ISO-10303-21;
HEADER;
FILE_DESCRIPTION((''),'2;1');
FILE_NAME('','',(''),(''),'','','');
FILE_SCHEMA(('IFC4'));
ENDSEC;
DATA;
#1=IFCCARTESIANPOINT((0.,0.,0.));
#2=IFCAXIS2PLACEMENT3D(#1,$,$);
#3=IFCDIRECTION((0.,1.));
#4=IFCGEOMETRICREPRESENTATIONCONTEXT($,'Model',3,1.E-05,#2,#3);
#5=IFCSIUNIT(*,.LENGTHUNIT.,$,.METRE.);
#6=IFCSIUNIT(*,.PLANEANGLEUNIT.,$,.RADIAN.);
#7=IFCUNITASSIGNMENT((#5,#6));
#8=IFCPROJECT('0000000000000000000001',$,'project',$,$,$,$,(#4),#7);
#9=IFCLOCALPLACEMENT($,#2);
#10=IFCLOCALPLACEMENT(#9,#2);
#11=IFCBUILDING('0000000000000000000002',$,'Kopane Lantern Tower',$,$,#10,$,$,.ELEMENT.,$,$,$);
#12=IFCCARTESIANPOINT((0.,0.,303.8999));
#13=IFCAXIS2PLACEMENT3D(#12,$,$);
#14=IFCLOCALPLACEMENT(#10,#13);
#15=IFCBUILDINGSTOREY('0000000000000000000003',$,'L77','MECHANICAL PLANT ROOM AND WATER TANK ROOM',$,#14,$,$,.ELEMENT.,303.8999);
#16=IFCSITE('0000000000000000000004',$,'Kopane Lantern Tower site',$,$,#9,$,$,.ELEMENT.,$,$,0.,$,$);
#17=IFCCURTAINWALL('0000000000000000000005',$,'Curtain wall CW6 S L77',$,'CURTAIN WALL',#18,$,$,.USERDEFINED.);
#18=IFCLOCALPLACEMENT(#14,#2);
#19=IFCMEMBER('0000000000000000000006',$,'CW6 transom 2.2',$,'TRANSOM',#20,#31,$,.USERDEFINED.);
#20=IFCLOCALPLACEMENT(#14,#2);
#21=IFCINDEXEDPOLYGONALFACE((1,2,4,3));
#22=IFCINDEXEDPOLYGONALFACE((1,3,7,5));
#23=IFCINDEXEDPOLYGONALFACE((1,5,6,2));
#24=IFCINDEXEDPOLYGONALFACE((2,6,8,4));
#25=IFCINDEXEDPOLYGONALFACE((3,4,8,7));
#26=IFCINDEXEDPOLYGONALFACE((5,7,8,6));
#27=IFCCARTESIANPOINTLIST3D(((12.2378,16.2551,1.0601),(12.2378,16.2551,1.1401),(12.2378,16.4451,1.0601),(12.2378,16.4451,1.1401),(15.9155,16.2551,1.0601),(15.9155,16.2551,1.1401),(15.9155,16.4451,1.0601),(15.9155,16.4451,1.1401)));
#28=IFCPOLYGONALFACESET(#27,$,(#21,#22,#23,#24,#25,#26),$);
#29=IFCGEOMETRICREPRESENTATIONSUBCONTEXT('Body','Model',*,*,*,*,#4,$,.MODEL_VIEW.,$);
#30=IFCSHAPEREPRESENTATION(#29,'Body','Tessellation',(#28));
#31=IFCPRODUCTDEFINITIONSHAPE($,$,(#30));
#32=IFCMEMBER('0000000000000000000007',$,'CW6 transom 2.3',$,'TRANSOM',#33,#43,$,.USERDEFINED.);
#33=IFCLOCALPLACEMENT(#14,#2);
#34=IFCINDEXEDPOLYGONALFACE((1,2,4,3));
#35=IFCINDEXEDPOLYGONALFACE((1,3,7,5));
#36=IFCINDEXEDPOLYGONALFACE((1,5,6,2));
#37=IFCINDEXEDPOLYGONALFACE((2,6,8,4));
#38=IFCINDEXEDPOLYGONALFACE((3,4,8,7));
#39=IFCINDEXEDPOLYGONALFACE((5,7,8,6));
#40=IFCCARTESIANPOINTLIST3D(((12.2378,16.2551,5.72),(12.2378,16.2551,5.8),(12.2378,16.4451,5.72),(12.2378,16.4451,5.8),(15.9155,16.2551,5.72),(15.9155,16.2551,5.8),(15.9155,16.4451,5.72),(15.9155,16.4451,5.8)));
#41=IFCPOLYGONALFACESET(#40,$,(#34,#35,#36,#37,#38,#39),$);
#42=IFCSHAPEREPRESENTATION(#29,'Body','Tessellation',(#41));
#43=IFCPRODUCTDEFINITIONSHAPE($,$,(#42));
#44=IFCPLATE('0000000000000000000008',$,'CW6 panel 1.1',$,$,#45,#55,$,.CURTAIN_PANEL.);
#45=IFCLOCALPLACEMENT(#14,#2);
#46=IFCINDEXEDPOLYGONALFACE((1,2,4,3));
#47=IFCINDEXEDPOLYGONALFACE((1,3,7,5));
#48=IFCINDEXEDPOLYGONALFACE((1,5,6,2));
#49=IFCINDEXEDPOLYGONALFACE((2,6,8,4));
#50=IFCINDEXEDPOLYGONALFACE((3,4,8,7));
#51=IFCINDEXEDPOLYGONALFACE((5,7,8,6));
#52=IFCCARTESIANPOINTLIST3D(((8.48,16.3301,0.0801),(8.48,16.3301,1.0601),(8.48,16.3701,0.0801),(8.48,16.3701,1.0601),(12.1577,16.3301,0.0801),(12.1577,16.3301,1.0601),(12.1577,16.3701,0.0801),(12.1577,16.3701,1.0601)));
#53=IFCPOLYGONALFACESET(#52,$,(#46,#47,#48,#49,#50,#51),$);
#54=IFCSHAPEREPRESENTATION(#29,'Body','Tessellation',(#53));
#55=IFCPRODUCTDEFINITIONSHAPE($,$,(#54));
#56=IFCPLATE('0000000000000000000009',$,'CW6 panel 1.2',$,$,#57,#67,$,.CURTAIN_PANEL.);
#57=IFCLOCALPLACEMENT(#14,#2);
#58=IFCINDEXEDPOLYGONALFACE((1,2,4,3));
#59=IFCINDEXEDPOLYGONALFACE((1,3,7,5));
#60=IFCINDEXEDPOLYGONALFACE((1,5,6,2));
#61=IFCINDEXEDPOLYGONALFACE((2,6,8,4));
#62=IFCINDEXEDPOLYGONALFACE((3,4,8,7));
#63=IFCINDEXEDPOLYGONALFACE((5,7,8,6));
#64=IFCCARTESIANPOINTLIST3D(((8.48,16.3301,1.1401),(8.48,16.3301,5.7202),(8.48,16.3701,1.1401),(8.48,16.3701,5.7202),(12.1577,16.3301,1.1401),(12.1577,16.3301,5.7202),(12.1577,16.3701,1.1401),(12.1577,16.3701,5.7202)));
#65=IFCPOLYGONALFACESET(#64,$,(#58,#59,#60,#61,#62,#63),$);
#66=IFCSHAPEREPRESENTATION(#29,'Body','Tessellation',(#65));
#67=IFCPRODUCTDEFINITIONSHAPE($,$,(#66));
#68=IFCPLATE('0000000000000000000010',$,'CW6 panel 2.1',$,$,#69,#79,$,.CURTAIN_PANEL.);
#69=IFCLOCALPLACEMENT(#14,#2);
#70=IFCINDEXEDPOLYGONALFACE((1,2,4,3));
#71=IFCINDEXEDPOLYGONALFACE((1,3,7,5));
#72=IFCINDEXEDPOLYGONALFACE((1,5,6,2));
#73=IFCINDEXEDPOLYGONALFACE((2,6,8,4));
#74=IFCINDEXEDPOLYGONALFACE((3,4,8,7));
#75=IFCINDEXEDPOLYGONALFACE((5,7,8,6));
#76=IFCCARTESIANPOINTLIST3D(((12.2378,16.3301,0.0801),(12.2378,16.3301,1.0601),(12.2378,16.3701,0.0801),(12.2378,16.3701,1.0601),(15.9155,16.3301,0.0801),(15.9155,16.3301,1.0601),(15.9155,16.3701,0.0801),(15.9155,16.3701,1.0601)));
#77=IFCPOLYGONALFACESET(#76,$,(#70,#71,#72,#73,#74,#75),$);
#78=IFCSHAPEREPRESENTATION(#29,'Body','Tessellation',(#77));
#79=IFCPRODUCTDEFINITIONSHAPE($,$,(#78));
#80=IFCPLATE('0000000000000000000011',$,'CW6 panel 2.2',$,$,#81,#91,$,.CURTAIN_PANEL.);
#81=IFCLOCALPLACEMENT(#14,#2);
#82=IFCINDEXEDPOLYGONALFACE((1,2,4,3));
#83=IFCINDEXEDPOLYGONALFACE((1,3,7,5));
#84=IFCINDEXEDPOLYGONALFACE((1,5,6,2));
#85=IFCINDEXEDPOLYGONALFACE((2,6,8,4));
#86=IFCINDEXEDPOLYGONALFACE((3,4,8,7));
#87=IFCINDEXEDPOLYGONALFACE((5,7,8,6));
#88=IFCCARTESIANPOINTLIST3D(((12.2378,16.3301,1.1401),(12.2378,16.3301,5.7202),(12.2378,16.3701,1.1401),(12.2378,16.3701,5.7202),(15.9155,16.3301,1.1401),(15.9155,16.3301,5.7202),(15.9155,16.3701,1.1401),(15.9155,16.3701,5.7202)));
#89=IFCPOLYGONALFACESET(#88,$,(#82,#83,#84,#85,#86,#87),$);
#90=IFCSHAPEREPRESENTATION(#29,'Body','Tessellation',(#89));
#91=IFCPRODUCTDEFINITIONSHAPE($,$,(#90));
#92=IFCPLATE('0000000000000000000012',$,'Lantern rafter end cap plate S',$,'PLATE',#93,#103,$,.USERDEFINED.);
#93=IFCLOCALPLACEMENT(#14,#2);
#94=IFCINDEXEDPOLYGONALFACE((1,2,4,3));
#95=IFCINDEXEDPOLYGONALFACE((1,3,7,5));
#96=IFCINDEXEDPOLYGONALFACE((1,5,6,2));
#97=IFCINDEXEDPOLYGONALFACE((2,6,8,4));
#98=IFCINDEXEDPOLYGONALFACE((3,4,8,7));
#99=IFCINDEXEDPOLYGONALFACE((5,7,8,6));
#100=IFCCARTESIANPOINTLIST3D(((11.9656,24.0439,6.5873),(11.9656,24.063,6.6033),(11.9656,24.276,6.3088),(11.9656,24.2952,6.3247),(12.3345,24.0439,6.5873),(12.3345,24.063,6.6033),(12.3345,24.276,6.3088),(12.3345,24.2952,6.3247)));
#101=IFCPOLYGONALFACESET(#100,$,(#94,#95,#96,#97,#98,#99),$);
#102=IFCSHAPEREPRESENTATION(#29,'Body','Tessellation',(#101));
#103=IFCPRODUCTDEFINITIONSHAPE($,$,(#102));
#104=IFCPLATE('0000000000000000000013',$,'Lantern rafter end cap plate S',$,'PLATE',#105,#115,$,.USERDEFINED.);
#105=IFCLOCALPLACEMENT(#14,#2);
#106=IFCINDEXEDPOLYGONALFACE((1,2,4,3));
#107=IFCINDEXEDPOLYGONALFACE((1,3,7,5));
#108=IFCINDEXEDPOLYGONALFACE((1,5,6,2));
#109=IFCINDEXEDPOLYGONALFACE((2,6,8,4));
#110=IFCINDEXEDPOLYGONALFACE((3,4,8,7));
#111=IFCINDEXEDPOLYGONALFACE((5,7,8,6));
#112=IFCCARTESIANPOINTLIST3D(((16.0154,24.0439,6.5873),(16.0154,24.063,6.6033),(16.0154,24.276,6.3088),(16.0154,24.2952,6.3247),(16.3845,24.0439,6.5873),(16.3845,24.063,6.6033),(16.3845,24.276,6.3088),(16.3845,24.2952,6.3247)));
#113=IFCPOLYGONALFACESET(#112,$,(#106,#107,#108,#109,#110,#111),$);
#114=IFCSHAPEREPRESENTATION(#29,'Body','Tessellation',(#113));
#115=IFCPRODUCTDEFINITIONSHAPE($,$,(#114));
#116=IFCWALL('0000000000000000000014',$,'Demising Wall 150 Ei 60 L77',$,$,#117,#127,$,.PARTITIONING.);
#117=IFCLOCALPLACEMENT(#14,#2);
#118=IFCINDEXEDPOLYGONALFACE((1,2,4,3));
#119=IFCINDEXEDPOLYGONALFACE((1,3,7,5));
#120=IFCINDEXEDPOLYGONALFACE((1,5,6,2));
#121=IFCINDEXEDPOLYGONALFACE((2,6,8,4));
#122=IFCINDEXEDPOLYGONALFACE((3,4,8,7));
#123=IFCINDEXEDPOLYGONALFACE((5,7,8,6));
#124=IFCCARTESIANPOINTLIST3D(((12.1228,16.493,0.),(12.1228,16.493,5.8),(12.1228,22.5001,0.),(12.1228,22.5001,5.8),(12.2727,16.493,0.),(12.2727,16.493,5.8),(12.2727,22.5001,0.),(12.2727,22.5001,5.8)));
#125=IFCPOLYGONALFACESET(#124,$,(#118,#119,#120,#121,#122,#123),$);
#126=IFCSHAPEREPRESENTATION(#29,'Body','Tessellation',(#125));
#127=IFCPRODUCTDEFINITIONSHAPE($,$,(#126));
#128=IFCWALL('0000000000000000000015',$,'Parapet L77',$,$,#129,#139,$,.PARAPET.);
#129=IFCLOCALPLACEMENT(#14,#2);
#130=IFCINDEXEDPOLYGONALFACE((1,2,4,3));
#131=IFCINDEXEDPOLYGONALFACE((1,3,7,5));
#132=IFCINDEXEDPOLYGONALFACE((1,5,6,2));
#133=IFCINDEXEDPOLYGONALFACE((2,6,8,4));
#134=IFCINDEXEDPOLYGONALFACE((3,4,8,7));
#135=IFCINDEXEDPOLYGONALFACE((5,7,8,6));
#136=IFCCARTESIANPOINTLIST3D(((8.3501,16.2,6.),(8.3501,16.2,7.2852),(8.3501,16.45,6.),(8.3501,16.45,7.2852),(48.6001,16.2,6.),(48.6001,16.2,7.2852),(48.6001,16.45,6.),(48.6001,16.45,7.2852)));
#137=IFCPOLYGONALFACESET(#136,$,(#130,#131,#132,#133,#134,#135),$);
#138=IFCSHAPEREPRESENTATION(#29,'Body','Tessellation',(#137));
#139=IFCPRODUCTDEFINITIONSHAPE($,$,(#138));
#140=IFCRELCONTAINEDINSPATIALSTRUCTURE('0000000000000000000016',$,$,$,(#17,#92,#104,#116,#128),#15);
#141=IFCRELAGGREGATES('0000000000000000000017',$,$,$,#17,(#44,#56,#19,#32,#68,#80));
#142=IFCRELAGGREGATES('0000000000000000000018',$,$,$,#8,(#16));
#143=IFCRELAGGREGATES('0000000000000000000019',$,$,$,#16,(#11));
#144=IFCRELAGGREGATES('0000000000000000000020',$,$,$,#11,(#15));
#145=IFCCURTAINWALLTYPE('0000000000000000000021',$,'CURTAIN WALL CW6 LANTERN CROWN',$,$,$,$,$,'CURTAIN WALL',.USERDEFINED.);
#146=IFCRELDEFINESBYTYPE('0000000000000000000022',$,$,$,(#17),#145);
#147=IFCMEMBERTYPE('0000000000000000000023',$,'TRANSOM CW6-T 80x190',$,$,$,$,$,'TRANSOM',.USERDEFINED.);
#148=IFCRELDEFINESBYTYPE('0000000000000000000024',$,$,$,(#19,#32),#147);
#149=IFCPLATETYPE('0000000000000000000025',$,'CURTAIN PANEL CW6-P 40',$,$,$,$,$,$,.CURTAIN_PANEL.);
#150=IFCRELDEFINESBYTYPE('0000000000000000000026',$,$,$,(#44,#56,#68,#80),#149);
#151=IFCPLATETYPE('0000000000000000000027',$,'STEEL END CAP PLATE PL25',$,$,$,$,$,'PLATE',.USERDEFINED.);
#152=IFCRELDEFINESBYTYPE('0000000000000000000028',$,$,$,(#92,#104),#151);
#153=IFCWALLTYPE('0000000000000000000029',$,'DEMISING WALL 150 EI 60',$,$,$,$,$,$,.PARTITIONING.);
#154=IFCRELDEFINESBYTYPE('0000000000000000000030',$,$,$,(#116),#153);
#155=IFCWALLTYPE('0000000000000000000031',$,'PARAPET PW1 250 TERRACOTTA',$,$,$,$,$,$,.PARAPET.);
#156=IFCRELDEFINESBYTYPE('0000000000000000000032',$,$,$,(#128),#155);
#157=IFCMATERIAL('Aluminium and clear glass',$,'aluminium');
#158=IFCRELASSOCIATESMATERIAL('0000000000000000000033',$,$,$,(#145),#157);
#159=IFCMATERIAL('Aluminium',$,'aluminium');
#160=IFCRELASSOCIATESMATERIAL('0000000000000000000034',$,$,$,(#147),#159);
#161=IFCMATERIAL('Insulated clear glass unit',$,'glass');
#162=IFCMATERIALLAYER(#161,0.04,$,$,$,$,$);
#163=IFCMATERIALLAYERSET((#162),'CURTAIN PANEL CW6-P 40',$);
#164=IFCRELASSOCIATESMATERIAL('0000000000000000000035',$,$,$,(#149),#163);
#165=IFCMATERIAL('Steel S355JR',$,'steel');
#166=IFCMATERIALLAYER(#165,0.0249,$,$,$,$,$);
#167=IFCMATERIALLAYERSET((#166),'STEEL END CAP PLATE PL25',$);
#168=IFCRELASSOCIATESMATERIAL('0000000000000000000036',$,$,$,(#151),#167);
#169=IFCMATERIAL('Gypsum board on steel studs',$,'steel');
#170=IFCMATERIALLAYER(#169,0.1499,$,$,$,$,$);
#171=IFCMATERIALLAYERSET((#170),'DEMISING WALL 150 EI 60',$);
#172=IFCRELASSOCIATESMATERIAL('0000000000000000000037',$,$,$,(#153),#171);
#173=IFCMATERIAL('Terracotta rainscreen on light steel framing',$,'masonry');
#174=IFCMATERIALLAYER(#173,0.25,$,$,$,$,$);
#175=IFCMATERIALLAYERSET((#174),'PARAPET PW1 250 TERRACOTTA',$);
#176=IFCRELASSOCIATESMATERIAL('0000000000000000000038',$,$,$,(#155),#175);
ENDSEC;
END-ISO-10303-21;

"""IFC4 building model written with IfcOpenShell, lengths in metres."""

from ifc_helpers import new_model, si_unit, direction, frame, frame_2d, origin, origin_2d, place, context, subcontext, project, spatial, polyline, rectangle, outline, extrude, material, layer, layer_set, material_profile, profile_set, type_object, element, aggregate, save


model = new_model("IFC4")

# Units and contexts
model_context = context("Model", 3, precision=1e-05, world=origin(), true_north=direction((0.0, 1.0)))
body_context = subcontext(model_context, "Body", "Model", "MODEL_VIEW")
ifc_project = project(units=[si_unit("LENGTHUNIT", "METRE"), si_unit("PLANEANGLEUNIT", "RADIAN")], contexts=[model_context])

# Site, building, storey
site_placement = place(None, origin())
site = spatial("IfcSite", under=ifc_project, at=site_placement, Name="Kopane Lantern Tower site", CompositionType="ELEMENT", RefElevation=0.0)
building_placement = place(site_placement, origin())
building = spatial("IfcBuilding", under=site, at=building_placement, Name="Kopane Lantern Tower", CompositionType="ELEMENT")
storey_placement = place(building_placement, frame((0.0, 0.0, 303.8999)))
storey = spatial("IfcBuildingStorey", under=building, at=storey_placement, Name="L77", Description="MECHANICAL PLANT ROOM AND WATER TANK ROOM", CompositionType="ELEMENT", Elevation=303.8999)

# Curtain wall
ifc_material_1 = material(Name="Aluminium and clear glass", Category="aluminium")
curtain_wall_type = type_object("IfcCurtainWallType", Name="CURTAIN WALL CW6 LANTERN CROWN", ElementType="CURTAIN WALL", PredefinedType="USERDEFINED", material=ifc_material_1)
curtain_wall_1_placement = place(storey_placement, origin())
curtain_wall_1 = element("IfcCurtainWall", 1, at=curtain_wall_1_placement, inside=storey, type_object=curtain_wall_type, Name="Curtain wall CW6 S L77", ObjectType="CURTAIN WALL", PredefinedType="USERDEFINED")

# Members
ifc_material_2 = material(Name="Aluminium", Category="aluminium")
ifc_material_profile_1 = material_profile(ifc_material_2, rectangle(XDim=0.1899, YDim=0.0801, at=origin_2d()), Name="AL 190x80")
ifc_profile_set_1 = profile_set([ifc_material_profile_1], Name="Aluminium")
member_type_1 = type_object("IfcMemberType", Name="TRANSOM CW6-T 80x190", ElementType="TRANSOM", PredefinedType="USERDEFINED", material=ifc_profile_set_1)
member_1_placement = place(storey_placement, frame((12.2378, 16.3501, 1.1001), z_axis=(1.0, 0.0, 0.0), x_axis=(0.0, 1.0, 0.0)))
member_1 = element("IfcMember", 2, at=member_1_placement, type_object=member_type_1, Name="CW6 transom 2.2", ObjectType="TRANSOM", PredefinedType="USERDEFINED", context=body_context, shape_type="SweptSolid", body=[
    extrude(rectangle(XDim=0.1899, YDim=0.0801, at=origin_2d()), origin(), (0.0, 0.0, 1.0), 3.6777),
])
member_2_placement = place(storey_placement, frame((12.2378, 16.3501, 5.76), z_axis=(1.0, 0.0, 0.0), x_axis=(0.0, 1.0, 0.0)))
member_2 = element("IfcMember", 3, at=member_2_placement, type_object=member_type_1, Name="CW6 transom 2.3", ObjectType="TRANSOM", PredefinedType="USERDEFINED", context=body_context, shape_type="SweptSolid", body=[
    extrude(rectangle(XDim=0.1899, YDim=0.0801, at=origin_2d()), origin(), (0.0, 0.0, 1.0), 3.6777),
])

# Plates
ifc_material_3 = material(Name="Insulated clear glass unit", Category="glass")
ifc_layer_1 = layer(ifc_material_3, 0.04)
ifc_layer_set_1 = layer_set([ifc_layer_1], Name="CURTAIN PANEL CW6-P 40")
plate_type_1 = type_object("IfcPlateType", Name="CURTAIN PANEL CW6-P 40", PredefinedType="CURTAIN_PANEL", material=ifc_layer_set_1)
plate_1_placement = place(storey_placement, frame((10.3188, 16.3501, 0.0801), z_axis=(0.0, 0.0, 1.0), x_axis=(1.0, 0.0, 0.0)))
plate_1 = element("IfcPlate", 4, at=plate_1_placement, type_object=plate_type_1, Name="CW6 panel 1.1", PredefinedType="CURTAIN_PANEL", context=body_context, shape_type="SweptSolid", body=[
    extrude(rectangle(XDim=3.6777, YDim=0.04, at=origin_2d()), origin(), (0.0, 0.0, 1.0), 0.98),
])
plate_2_placement = place(storey_placement, frame((10.3188, 16.3501, 1.1401), z_axis=(0.0, 0.0, 1.0), x_axis=(1.0, 0.0, 0.0)))
plate_2 = element("IfcPlate", 5, at=plate_2_placement, type_object=plate_type_1, Name="CW6 panel 1.2", PredefinedType="CURTAIN_PANEL", context=body_context, shape_type="SweptSolid", body=[
    extrude(rectangle(XDim=3.6777, YDim=0.04, at=origin_2d()), origin(), (0.0, 0.0, 1.0), 4.5801),
])
plate_3_placement = place(storey_placement, frame((14.0767, 16.3501, 0.0801), z_axis=(0.0, 0.0, 1.0), x_axis=(1.0, 0.0, 0.0)))
plate_3 = element("IfcPlate", 6, at=plate_3_placement, type_object=plate_type_1, Name="CW6 panel 2.1", PredefinedType="CURTAIN_PANEL", context=body_context, shape_type="SweptSolid", body=[
    extrude(rectangle(XDim=3.6777, YDim=0.04, at=origin_2d()), origin(), (0.0, 0.0, 1.0), 0.98),
])
plate_4_placement = place(storey_placement, frame((14.0767, 16.3501, 1.1401), z_axis=(0.0, 0.0, 1.0), x_axis=(1.0, 0.0, 0.0)))
plate_4 = element("IfcPlate", 7, at=plate_4_placement, type_object=plate_type_1, Name="CW6 panel 2.2", PredefinedType="CURTAIN_PANEL", context=body_context, shape_type="SweptSolid", body=[
    extrude(rectangle(XDim=3.6777, YDim=0.04, at=origin_2d()), origin(), (0.0, 0.0, 1.0), 4.5801),
])
aggregate(curtain_wall_1, [plate_1, plate_2, member_1, member_2, plate_3, plate_4])

# Plates
ifc_material_4 = material(Name="Steel S355JR", Category="steel")
ifc_layer_2 = layer(ifc_material_4, 0.0249)
ifc_layer_set_2 = layer_set([ifc_layer_2], Name="STEEL END CAP PLATE PL25")
plate_type_2 = type_object("IfcPlateType", Name="STEEL END CAP PLATE PL25", ElementType="PLATE", PredefinedType="USERDEFINED", material=ifc_layer_set_2)
plate_5_placement = place(storey_placement, frame((11.9656, 24.063, 6.6033), z_axis=(0.0, 0.768166, 0.640251), x_axis=(1.0, 0.0, 0.0)))
element("IfcPlate", 8, at=plate_5_placement, inside=storey, type_object=plate_type_2, Name="Lantern rafter end cap plate S", ObjectType="PLATE", PredefinedType="USERDEFINED", context=body_context, shape_type="SweptSolid", body=[
    extrude(outline(polyline([(0.0, 0.0), (0.3689, 0.0), (0.3689, 0.3626), (0.0, 0.3626), (0.0, 0.0)])), origin(), (0.0, 0.0, -1.0), 0.0249),
])
plate_6_placement = place(storey_placement, frame((16.0154, 24.063, 6.6033), z_axis=(0.0, 0.768166, 0.640251), x_axis=(1.0, 0.0, 0.0)))
element("IfcPlate", 9, at=plate_6_placement, inside=storey, type_object=plate_type_2, Name="Lantern rafter end cap plate S", ObjectType="PLATE", PredefinedType="USERDEFINED", context=body_context, shape_type="SweptSolid", body=[
    extrude(outline(polyline([(0.0, 0.0), (0.3691, 0.0), (0.3691, 0.3626), (0.0, 0.3626), (0.0, 0.0)])), origin(), (0.0, 0.0, -1.0), 0.0249),
])

# Walls
ifc_material_5 = material(Name="Gypsum board on steel studs", Category="steel")
ifc_layer_3 = layer(ifc_material_5, 0.1499)
ifc_layer_set_3 = layer_set([ifc_layer_3], Name="DEMISING WALL 150 EI 60")
wall_type_1 = type_object("IfcWallType", Name="DEMISING WALL 150 EI 60", PredefinedType="PARTITIONING", material=ifc_layer_set_3)
wall_1_placement = place(storey_placement, frame((12.1978, 22.5, 0.0), z_axis=(0.0, 0.0, 1.0), x_axis=(0.0, -1.0, 0.0)))
element("IfcWall", 10, at=wall_1_placement, inside=storey, type_object=wall_type_1, Name="Demising Wall 150 Ei 60 L77", PredefinedType="PARTITIONING", context=body_context, shape_type="SweptSolid", body=[
    extrude(rectangle(XDim=6.0071, YDim=0.1499, at=frame_2d((3.0034, 0.0))), origin(), (0.0, 0.0, 1.0), 5.8),
])
ifc_material_6 = material(Name="Terracotta rainscreen on light steel framing", Category="masonry")
ifc_layer_4 = layer(ifc_material_6, 0.25)
ifc_layer_set_4 = layer_set([ifc_layer_4], Name="PARAPET PW1 250 TERRACOTTA")
wall_type_2 = type_object("IfcWallType", Name="PARAPET PW1 250 TERRACOTTA", PredefinedType="PARAPET", material=ifc_layer_set_4)
wall_2_placement = place(storey_placement, frame((8.3501, 16.325, 6.0), z_axis=(0.0, 0.0, 1.0), x_axis=(1.0, 0.0, 0.0)))
element("IfcWall", 11, at=wall_2_placement, inside=storey, type_object=wall_type_2, Name="Parapet L77", PredefinedType="PARAPET", context=body_context, shape_type="SweptSolid", body=[
    extrude(rectangle(XDim=40.25, YDim=0.25, at=frame_2d((20.125, 0.0))), origin(), (0.0, 0.0, 1.0), 1.2852),
])

save(model, "model.ifc")
